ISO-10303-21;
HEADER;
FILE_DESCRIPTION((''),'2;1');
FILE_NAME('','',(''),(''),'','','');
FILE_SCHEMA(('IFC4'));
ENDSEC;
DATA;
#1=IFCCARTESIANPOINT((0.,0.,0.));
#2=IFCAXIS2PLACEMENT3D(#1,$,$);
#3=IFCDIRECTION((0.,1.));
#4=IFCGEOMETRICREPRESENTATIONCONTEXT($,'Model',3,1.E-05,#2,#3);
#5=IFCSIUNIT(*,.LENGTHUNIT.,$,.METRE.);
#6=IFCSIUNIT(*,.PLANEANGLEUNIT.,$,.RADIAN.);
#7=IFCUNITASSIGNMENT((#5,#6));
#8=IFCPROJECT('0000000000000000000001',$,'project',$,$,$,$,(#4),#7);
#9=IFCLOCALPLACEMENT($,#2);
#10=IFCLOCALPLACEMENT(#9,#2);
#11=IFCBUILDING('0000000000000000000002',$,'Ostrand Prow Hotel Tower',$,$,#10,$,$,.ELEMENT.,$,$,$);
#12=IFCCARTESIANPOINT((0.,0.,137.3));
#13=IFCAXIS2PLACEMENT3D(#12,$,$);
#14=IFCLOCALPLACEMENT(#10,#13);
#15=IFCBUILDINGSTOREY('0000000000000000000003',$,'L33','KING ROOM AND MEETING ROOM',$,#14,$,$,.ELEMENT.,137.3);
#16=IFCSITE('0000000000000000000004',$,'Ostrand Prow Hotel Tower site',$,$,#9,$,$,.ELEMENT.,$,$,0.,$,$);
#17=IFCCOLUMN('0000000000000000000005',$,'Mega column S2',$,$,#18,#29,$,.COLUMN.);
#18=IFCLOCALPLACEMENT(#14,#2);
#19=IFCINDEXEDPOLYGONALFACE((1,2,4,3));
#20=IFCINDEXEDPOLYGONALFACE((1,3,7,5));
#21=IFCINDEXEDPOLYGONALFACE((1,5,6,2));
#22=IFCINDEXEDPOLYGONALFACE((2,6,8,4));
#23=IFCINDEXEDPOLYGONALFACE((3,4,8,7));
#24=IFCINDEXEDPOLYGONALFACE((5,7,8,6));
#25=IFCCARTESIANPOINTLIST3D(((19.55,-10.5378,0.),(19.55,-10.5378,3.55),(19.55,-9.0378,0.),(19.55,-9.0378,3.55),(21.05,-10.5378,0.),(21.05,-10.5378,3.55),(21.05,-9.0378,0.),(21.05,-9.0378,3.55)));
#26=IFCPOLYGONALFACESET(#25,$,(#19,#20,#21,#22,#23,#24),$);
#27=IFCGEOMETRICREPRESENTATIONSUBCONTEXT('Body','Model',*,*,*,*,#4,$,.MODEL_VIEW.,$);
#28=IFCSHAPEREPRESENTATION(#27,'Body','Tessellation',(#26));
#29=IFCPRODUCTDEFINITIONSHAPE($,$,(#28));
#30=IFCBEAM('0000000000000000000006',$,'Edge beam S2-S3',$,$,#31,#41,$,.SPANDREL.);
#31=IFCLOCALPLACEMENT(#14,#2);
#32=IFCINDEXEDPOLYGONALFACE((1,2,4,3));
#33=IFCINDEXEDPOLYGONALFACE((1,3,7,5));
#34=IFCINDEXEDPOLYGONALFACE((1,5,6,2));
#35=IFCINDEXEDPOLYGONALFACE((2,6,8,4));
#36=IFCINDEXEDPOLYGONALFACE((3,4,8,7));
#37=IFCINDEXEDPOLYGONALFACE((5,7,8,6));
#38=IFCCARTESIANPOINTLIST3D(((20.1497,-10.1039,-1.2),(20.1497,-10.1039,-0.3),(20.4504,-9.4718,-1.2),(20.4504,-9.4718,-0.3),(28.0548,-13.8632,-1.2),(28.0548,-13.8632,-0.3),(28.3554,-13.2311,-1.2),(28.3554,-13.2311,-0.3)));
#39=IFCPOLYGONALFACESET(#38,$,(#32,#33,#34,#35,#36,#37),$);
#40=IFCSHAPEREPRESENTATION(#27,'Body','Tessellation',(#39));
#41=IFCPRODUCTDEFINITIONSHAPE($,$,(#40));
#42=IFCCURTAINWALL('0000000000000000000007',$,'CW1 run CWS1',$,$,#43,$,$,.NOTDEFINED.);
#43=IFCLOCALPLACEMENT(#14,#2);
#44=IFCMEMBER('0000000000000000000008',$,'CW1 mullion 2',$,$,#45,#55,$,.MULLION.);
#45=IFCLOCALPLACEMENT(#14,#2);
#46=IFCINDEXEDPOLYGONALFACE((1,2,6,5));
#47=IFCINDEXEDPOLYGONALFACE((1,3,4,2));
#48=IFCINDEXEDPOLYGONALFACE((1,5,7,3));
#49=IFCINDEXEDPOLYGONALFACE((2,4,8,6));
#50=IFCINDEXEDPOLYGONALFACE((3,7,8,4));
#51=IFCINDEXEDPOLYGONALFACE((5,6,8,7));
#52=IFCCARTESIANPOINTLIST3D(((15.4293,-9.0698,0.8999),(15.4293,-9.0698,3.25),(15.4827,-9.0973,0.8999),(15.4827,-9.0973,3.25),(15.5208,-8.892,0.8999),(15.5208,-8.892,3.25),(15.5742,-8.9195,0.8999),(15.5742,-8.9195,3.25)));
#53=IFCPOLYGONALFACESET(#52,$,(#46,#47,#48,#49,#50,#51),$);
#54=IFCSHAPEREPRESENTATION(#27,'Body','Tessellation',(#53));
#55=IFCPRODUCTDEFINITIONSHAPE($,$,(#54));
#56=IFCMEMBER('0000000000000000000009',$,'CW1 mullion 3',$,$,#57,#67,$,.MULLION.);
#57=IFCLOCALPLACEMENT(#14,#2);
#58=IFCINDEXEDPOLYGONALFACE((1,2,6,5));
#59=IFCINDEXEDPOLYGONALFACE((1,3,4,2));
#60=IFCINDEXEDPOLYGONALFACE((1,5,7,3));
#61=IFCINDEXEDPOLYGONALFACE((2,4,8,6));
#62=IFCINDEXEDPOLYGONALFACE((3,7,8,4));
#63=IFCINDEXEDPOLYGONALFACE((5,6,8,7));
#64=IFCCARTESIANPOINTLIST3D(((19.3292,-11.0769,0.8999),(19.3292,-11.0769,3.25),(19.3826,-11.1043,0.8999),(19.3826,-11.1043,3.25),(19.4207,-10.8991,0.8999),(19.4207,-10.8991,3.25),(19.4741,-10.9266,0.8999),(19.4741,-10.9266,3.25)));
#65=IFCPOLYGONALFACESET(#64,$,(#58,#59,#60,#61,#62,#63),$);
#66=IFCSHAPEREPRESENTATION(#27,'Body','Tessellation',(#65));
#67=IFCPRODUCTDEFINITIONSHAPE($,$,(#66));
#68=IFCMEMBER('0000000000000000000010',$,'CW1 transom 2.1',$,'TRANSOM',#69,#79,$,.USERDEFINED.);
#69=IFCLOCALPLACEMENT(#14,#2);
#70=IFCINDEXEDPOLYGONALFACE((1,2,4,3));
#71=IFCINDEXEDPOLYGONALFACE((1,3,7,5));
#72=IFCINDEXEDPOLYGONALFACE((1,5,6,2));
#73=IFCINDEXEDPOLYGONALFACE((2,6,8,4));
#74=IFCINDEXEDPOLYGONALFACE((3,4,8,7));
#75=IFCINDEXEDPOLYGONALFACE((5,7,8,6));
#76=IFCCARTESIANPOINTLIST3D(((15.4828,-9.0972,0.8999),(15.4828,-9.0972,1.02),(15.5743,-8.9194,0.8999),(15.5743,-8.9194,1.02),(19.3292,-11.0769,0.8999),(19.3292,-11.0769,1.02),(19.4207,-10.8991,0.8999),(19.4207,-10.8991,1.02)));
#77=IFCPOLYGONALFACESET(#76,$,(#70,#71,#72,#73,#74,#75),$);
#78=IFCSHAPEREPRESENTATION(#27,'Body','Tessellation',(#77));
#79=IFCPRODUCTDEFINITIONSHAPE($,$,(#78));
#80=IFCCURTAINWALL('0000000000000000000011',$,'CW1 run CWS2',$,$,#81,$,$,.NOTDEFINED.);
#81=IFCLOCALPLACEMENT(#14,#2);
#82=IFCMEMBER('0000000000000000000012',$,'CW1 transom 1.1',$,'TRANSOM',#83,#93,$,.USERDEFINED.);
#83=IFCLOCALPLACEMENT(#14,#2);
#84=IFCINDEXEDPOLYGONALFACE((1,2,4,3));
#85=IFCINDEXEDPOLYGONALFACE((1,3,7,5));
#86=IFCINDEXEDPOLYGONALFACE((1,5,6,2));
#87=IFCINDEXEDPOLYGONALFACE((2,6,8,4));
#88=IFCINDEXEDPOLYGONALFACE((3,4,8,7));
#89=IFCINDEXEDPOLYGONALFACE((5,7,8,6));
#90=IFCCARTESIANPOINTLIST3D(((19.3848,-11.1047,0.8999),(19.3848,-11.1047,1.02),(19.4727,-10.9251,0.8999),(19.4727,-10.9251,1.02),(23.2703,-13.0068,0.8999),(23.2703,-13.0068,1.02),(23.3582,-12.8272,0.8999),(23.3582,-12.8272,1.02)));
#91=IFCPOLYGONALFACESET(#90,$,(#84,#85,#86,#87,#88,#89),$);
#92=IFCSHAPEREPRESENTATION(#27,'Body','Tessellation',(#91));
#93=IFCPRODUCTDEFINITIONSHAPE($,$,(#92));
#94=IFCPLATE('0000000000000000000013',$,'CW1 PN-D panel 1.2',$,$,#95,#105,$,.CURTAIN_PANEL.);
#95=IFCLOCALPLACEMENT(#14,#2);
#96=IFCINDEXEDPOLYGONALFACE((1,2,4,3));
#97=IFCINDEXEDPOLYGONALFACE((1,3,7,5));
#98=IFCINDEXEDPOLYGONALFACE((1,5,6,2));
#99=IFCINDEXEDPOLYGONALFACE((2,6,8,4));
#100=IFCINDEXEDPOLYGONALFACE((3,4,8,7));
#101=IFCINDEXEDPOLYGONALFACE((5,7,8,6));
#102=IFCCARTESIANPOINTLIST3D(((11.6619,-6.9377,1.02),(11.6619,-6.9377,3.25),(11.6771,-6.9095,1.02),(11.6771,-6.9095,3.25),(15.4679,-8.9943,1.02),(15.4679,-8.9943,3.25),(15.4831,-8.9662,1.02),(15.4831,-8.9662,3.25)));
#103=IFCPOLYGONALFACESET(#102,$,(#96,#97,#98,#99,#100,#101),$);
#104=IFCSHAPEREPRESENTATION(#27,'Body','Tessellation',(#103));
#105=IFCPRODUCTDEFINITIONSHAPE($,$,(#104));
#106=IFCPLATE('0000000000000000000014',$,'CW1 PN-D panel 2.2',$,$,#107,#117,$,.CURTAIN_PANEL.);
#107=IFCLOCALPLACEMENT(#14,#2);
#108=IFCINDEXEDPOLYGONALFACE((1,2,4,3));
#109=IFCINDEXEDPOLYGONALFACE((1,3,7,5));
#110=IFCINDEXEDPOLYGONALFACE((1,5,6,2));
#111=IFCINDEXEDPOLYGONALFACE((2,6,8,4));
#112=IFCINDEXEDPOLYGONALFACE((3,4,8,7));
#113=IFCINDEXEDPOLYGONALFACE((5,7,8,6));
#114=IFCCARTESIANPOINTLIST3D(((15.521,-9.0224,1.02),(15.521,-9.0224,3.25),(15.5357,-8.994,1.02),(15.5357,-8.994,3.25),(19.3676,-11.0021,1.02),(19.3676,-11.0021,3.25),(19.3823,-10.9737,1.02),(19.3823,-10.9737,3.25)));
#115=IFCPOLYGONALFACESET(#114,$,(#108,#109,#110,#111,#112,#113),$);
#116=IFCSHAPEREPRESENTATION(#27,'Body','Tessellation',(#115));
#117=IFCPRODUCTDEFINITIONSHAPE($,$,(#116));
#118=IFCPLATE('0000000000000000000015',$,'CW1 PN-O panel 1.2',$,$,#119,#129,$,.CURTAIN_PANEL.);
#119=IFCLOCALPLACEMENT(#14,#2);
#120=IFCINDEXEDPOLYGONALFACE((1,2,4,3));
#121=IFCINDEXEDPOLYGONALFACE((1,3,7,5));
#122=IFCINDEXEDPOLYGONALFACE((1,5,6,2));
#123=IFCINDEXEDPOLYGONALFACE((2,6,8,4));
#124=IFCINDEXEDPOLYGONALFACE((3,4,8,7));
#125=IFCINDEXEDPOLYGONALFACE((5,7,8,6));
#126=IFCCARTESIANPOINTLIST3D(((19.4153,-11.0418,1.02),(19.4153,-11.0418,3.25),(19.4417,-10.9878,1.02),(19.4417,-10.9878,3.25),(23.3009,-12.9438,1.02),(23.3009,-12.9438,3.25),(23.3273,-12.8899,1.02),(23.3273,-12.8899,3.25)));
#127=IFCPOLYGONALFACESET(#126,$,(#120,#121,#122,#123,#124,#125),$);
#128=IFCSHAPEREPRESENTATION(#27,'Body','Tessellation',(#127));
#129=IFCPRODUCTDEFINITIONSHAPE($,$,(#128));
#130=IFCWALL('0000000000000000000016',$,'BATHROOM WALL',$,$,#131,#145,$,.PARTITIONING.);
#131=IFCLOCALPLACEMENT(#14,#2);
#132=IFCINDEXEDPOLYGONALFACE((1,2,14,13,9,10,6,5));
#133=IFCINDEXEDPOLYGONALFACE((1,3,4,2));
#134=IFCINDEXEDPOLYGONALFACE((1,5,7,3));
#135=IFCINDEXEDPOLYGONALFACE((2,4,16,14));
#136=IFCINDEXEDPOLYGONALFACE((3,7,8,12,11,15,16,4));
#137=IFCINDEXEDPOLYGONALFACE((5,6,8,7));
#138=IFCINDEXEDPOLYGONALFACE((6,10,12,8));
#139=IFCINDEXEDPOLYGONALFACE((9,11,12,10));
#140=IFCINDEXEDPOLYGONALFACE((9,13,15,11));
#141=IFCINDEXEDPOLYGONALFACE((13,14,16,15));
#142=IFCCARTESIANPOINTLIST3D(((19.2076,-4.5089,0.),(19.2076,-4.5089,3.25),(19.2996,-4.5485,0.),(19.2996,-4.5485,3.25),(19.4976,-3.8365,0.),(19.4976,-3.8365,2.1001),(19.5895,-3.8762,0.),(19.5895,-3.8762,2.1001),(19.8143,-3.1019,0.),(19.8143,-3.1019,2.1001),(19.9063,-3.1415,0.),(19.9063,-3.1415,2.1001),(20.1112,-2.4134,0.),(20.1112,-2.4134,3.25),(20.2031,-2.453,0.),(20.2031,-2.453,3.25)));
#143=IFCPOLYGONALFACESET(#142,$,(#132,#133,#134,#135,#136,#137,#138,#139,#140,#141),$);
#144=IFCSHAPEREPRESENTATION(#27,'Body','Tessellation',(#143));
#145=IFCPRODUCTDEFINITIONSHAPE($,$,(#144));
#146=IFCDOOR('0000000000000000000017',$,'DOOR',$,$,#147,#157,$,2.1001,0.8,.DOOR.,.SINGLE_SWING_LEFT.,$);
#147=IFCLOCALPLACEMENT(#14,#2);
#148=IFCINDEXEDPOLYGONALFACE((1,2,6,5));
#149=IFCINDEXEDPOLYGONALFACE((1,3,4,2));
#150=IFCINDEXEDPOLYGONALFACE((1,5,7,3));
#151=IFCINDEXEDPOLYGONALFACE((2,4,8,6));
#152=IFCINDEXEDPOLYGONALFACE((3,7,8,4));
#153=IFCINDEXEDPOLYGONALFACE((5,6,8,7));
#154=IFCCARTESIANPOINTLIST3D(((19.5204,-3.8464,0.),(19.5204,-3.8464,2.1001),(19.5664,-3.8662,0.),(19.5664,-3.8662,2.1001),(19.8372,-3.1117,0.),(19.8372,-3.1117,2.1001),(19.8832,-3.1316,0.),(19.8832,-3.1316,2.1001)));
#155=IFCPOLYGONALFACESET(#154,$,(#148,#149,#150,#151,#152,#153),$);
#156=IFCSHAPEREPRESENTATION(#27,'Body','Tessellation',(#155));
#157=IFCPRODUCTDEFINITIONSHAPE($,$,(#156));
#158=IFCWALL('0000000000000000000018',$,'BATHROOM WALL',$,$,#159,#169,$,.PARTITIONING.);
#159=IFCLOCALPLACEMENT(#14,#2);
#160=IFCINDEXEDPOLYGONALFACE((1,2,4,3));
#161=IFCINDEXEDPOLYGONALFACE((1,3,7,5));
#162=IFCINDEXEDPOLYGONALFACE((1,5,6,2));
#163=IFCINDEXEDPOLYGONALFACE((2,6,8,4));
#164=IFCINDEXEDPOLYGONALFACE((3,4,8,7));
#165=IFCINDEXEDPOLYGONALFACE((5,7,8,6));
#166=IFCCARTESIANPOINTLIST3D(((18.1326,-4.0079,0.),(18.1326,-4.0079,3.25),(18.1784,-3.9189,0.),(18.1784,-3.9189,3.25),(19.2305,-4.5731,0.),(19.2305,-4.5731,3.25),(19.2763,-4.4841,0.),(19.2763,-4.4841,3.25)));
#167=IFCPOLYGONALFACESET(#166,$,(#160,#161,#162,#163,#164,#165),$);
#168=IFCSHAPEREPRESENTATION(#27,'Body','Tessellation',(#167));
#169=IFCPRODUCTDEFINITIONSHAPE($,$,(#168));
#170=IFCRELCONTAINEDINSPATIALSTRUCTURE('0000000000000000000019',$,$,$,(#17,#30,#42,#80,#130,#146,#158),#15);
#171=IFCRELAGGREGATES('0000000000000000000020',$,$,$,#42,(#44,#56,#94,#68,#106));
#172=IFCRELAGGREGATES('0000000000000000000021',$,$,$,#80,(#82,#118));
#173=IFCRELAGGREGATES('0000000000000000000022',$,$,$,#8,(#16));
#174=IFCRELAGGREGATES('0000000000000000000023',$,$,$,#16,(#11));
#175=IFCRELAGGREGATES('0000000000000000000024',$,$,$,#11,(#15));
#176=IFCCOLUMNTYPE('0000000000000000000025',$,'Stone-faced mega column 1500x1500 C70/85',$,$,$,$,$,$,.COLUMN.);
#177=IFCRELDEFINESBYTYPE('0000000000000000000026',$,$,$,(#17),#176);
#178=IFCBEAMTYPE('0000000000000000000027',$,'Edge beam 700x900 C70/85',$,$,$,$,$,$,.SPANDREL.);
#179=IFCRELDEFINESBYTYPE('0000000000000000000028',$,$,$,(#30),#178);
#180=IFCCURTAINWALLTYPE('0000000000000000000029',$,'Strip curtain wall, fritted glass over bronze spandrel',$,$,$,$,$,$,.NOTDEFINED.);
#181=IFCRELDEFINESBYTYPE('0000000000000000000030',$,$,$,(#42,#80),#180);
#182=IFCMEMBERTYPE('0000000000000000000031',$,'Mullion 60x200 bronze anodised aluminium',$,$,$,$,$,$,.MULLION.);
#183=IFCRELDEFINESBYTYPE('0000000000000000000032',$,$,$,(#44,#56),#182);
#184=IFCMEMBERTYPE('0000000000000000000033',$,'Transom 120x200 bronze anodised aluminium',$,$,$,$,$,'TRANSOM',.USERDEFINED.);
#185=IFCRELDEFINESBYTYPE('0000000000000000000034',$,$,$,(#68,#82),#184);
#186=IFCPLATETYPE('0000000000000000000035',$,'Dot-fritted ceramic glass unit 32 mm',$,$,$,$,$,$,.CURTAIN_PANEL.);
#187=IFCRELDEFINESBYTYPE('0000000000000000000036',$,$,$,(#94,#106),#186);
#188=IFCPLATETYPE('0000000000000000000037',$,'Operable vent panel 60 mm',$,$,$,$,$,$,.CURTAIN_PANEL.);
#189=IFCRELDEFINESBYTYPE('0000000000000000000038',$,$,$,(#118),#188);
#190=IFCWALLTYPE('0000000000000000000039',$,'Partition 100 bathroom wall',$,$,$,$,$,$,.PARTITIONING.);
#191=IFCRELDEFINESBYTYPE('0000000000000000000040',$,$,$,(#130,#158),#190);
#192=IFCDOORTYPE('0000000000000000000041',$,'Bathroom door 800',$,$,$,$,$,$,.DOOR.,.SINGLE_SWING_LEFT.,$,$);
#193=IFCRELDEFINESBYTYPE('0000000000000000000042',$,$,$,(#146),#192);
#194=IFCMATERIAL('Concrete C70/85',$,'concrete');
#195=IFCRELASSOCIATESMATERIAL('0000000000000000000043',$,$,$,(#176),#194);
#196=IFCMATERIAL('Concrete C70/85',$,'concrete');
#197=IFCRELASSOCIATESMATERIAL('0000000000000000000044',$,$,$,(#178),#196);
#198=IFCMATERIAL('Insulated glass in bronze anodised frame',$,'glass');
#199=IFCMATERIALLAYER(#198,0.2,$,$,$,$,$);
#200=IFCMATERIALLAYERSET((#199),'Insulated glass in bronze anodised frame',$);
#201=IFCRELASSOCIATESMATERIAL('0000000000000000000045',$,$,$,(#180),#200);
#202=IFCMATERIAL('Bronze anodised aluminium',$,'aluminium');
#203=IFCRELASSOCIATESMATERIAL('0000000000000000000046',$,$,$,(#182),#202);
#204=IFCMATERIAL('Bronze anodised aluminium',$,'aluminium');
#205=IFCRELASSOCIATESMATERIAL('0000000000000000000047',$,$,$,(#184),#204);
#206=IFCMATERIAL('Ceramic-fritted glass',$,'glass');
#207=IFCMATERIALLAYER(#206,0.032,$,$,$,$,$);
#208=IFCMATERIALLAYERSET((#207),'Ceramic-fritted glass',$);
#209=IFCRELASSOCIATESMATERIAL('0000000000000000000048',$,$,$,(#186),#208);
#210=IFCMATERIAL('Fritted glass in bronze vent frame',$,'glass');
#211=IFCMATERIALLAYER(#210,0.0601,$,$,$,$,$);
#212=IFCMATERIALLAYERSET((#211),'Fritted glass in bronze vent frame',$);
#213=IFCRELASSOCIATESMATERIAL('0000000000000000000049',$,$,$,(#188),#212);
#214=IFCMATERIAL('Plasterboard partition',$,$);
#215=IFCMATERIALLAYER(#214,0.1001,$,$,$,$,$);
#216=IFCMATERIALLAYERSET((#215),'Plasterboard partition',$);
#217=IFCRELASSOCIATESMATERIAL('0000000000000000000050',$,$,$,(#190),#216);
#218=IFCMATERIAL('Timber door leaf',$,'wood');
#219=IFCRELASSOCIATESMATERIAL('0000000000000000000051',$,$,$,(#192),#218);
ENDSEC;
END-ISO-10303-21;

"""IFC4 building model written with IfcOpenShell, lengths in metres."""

from ifc_helpers import new_model, si_unit, direction, frame, frame_2d, origin, origin_2d, place, context, subcontext, project, spatial, rectangle, extrude, material, layer, layer_set, material_profile, profile_set, type_object, element, fill, aggregate, save


model = new_model("IFC4")

# Units and contexts
model_context = context("Model", 3, precision=1e-05, world=origin(), true_north=direction((0.0, 1.0)))
body_context = subcontext(model_context, "Body", "Model", "MODEL_VIEW")
ifc_project = project(units=[si_unit("LENGTHUNIT", "METRE"), si_unit("PLANEANGLEUNIT", "RADIAN")], contexts=[model_context])

# Site, building, storey
site_placement = place(None, origin())
site = spatial("IfcSite", under=ifc_project, at=site_placement, Name="Ostrand Prow Hotel Tower site", CompositionType="ELEMENT", RefElevation=0.0)
building_placement = place(site_placement, origin())
building = spatial("IfcBuilding", under=site, at=building_placement, Name="Ostrand Prow Hotel Tower", CompositionType="ELEMENT")
storey_placement = place(building_placement, frame((0.0, 0.0, 137.3)))
storey = spatial("IfcBuildingStorey", under=building, at=storey_placement, Name="L33", Description="KING ROOM AND MEETING ROOM", CompositionType="ELEMENT", Elevation=137.3)

# Column
ifc_material_1 = material(Name="Concrete C70/85", Category="concrete")
ifc_material_profile_1 = material_profile(ifc_material_1, rectangle(XDim=1.5, YDim=1.5, at=origin_2d()), Name="RC 1500x1500")
ifc_profile_set_1 = profile_set([ifc_material_profile_1], Name="Concrete C70/85")
column_type = type_object("IfcColumnType", Name="Stone-faced mega column 1500x1500 C70/85", PredefinedType="COLUMN", material=ifc_profile_set_1)
column_placement = place(storey_placement, frame((20.3, -9.7878, 0.0), z_axis=(0.0, 0.0, 1.0), x_axis=(1.0, 0.0, 0.0)))
element("IfcColumn", 1, at=column_placement, inside=storey, type_object=column_type, Name="Mega column S2", PredefinedType="COLUMN", context=body_context, shape_type="SweptSolid", body=[
    extrude(rectangle(XDim=1.5, YDim=1.5, at=origin_2d()), origin(), (0.0, 0.0, 1.0), 3.55),
])

# Beam
ifc_material_2 = material(Name="Concrete C70/85", Category="concrete")
ifc_material_profile_2 = material_profile(ifc_material_2, rectangle(XDim=0.7, YDim=0.8999, at=origin_2d()), Name="RC 700x900")
ifc_profile_set_2 = profile_set([ifc_material_profile_2], Name="Concrete C70/85")
beam_type = type_object("IfcBeamType", Name="Edge beam 700x900 C70/85", PredefinedType="SPANDREL", material=ifc_profile_set_2)
beam_placement = place(storey_placement, frame((20.3, -9.7878, -0.75), z_axis=(0.903083, -0.429466, 0.0), x_axis=(0.429466, 0.903083, 0.0)))
element("IfcBeam", 2, at=beam_placement, inside=storey, type_object=beam_type, Name="Edge beam S2-S3", PredefinedType="SPANDREL", context=body_context, shape_type="SweptSolid", body=[
    extrude(rectangle(XDim=0.7, YDim=0.8999, at=origin_2d()), origin(), (0.0, 0.0, 1.0), 8.7534),
])

# Curtain wall, members
ifc_material_3 = material(Name="Insulated glass in bronze anodised frame", Category="glass")
ifc_layer_1 = layer(ifc_material_3, 0.2)
ifc_layer_set_1 = layer_set([ifc_layer_1], Name="Insulated glass in bronze anodised frame")
curtain_wall_type = type_object("IfcCurtainWallType", Name="Strip curtain wall, fritted glass over bronze spandrel", PredefinedType="NOTDEFINED", material=ifc_layer_set_1)
curtain_wall_1_placement = place(storey_placement, origin())
curtain_wall_1 = element("IfcCurtainWall", 3, at=curtain_wall_1_placement, inside=storey, type_object=curtain_wall_type, Name="CW1 run CWS1", PredefinedType="NOTDEFINED")
ifc_material_4 = material(Name="Bronze anodised aluminium", Category="aluminium")
ifc_material_profile_3 = material_profile(ifc_material_4, rectangle(XDim=0.2, YDim=0.0601, at=origin_2d()), Name="Mullion 60x200 bronze anodised aluminium")
ifc_profile_set_3 = profile_set([ifc_material_profile_3], Name="Bronze anodised aluminium")
member_type_1 = type_object("IfcMemberType", Name="Mullion 60x200 bronze anodised aluminium", PredefinedType="MULLION", material=ifc_profile_set_3)
member_1_placement = place(storey_placement, frame((15.5017, -8.9946, 0.8999), z_axis=(0.0, 0.0, 1.0), x_axis=(0.457619, 0.889148, 0.0)))
member_1 = element("IfcMember", 4, at=member_1_placement, type_object=member_type_1, Name="CW1 mullion 2", PredefinedType="MULLION", context=body_context, shape_type="SweptSolid", body=[
    extrude(rectangle(XDim=0.2, YDim=0.0601, at=origin_2d()), origin(), (0.0, 0.0, 1.0), 2.3501),
])
member_2_placement = place(storey_placement, frame((19.4016, -11.0017, 0.8999), z_axis=(0.0, 0.0, 1.0), x_axis=(0.457619, 0.889148, 0.0)))
member_2 = element("IfcMember", 5, at=member_2_placement, type_object=member_type_1, Name="CW1 mullion 3", PredefinedType="MULLION", context=body_context, shape_type="SweptSolid", body=[
    extrude(rectangle(XDim=0.2, YDim=0.0601, at=origin_2d()), origin(), (0.0, 0.0, 1.0), 2.3501),
])
ifc_material_5 = material(Name="Bronze anodised aluminium", Category="aluminium")
ifc_material_profile_4 = material_profile(ifc_material_5, rectangle(XDim=0.2, YDim=0.1201, at=origin_2d()), Name="Transom 120x200 bronze anodised aluminium")
ifc_profile_set_4 = profile_set([ifc_material_profile_4], Name="Bronze anodised aluminium")
member_type_2 = type_object("IfcMemberType", Name="Transom 120x200 bronze anodised aluminium", ElementType="TRANSOM", PredefinedType="USERDEFINED", material=ifc_profile_set_4)
member_3_placement = place(storey_placement, frame((15.5286, -9.0083, 0.96), z_axis=(0.88914, -0.457635, 0.0), x_axis=(0.457635, 0.88914, 0.0)))
member_3 = element("IfcMember", 6, at=member_3_placement, type_object=member_type_2, Name="CW1 transom 2.1", ObjectType="TRANSOM", PredefinedType="USERDEFINED", context=body_context, shape_type="SweptSolid", body=[
    extrude(rectangle(XDim=0.2, YDim=0.1201, at=origin_2d()), origin(), (0.0, 0.0, 1.0), 4.3259),
])

# Curtain wall, member
curtain_wall_2_placement = place(storey_placement, origin())
curtain_wall_2 = element("IfcCurtainWall", 7, at=curtain_wall_2_placement, inside=storey, type_object=curtain_wall_type, Name="CW1 run CWS2", PredefinedType="NOTDEFINED")
member_4_placement = place(storey_placement, frame((19.4287, -11.0149, 0.96), z_axis=(0.898154, -0.439681, 0.0), x_axis=(0.439681, 0.898154, 0.0)))
member_4 = element("IfcMember", 8, at=member_4_placement, type_object=member_type_2, Name="CW1 transom 1.1", ObjectType="TRANSOM", PredefinedType="USERDEFINED", context=body_context, shape_type="SweptSolid", body=[
    extrude(rectangle(XDim=0.2, YDim=0.1201, at=origin_2d()), origin(), (0.0, 0.0, 1.0), 4.3262),
])

# Plates
ifc_material_6 = material(Name="Ceramic-fritted glass", Category="glass")
ifc_layer_2 = layer(ifc_material_6, 0.032)
ifc_layer_set_2 = layer_set([ifc_layer_2], Name="Ceramic-fritted glass")
plate_type_1 = type_object("IfcPlateType", Name="Dot-fritted ceramic glass unit 32 mm", PredefinedType="CURTAIN_PANEL", material=ifc_layer_set_2)
plate_1_placement = place(storey_placement, frame((13.5725, -7.9519, 1.02), z_axis=(0.0, 0.0, 1.0), x_axis=(0.879773, -0.475394, 0.0)))
plate_1 = element("IfcPlate", 9, at=plate_1_placement, type_object=plate_type_1, Name="CW1 PN-D panel 1.2", PredefinedType="CURTAIN_PANEL", context=body_context, shape_type="SweptSolid", body=[
    extrude(rectangle(XDim=4.3262, YDim=0.032, at=origin_2d()), origin(), (0.0, 0.0, 1.0), 2.23),
])
plate_2_placement = place(storey_placement, frame((17.4517, -9.998, 1.02), z_axis=(0.0, 0.0, 1.0), x_axis=(0.889148, -0.457619, 0.0)))
plate_2 = element("IfcPlate", 10, at=plate_2_placement, type_object=plate_type_1, Name="CW1 PN-D panel 2.2", PredefinedType="CURTAIN_PANEL", context=body_context, shape_type="SweptSolid", body=[
    extrude(rectangle(XDim=4.3262, YDim=0.032, at=origin_2d()), origin(), (0.0, 0.0, 1.0), 2.23),
])
aggregate(curtain_wall_1, [member_1, member_2, plate_1, member_3, plate_2])
ifc_material_7 = material(Name="Fritted glass in bronze vent frame", Category="glass")
ifc_layer_3 = layer(ifc_material_7, 0.0601)
ifc_layer_set_3 = layer_set([ifc_layer_3], Name="Fritted glass in bronze vent frame")
plate_type_2 = type_object("IfcPlateType", Name="Operable vent panel 60 mm", PredefinedType="CURTAIN_PANEL", material=ifc_layer_set_3)
plate_3_placement = place(storey_placement, frame((21.3713, -11.9658, 1.02), z_axis=(0.0, 0.0, 1.0), x_axis=(0.898165, -0.439659, 0.0)))
plate_3 = element("IfcPlate", 11, at=plate_3_placement, type_object=plate_type_2, Name="CW1 PN-O panel 1.2", PredefinedType="CURTAIN_PANEL", context=body_context, shape_type="SweptSolid", body=[
    extrude(rectangle(XDim=4.3262, YDim=0.0601, at=origin_2d()), origin(), (0.0, 0.0, 1.0), 2.23),
])
aggregate(curtain_wall_2, [member_4, plate_3])

# Wall, opening, door
ifc_material_8 = material(Name="Plasterboard partition")
ifc_layer_4 = layer(ifc_material_8, 0.1001)
ifc_layer_set_4 = layer_set([ifc_layer_4], Name="Plasterboard partition")
wall_type_1 = type_object("IfcWallType", Name="Partition 100 bathroom wall", PredefinedType="PARTITIONING", material=ifc_layer_set_4)
wall_1_placement = place(storey_placement, frame((20.1572, -2.4331, 0.0), z_axis=(0.0, 0.0, 1.0), x_axis=(-0.395958, -0.918268, 0.0)))
wall_1 = element("IfcWall", 12, at=wall_1_placement, inside=storey, type_object=wall_type_1, Name="BATHROOM WALL", PredefinedType="PARTITIONING", context=body_context, shape_type="SweptSolid", body=[
    extrude(rectangle(XDim=2.282, YDim=0.1001, at=frame_2d((1.1411, 0.0))), origin(), (0.0, 0.0, 1.0), 3.25),
])
opening_1_placement = place(wall_1_placement, frame((0.75, 0.0, 0.0)))
opening_1 = element("IfcOpeningElement", 13, at=opening_1_placement, cuts=wall_1, PredefinedType="OPENING", context=body_context, shape_type="SweptSolid", body=[
    extrude(rectangle(XDim=0.8, YDim=2.1001, at=frame_2d((0.3999, 1.05))), frame((0.0, 0.0601, 0.0), z_axis=(0.0, -1.0, 0.0), x_axis=(1.0, 0.0, 0.0)), (0.0, 0.0, 1.0), 0.1201),
])
ifc_material_9 = material(Name="Timber door leaf", Category="wood")
door_type_1 = type_object("IfcDoorType", Name="Bathroom door 800", OperationType="SINGLE_SWING_LEFT", PredefinedType="DOOR", material=ifc_material_9)
door_1_placement = place(opening_1_placement, origin())
door_1 = element("IfcDoor", 14, at=door_1_placement, inside=storey, type_object=door_type_1, Name="DOOR", OperationType="SINGLE_SWING_LEFT", OverallHeight=2.1001, OverallWidth=0.8, PredefinedType="DOOR", context=body_context, shape_type="SweptSolid", body=[
    extrude(rectangle(XDim=0.8, YDim=2.1001, at=frame_2d((0.3999, 1.05))), frame((0.0, 0.0249, 0.0), z_axis=(0.0, -1.0, 0.0), x_axis=(1.0, 0.0, 0.0)), (0.0, 0.0, 1.0), 0.05),
])
fill(opening_1, door_1)

# Wall
wall_2_placement = place(storey_placement, frame((19.2534, -4.5286, 0.0), z_axis=(0.0, 0.0, 1.0), x_axis=(-0.889106, 0.457701, 0.0)))
element("IfcWall", 15, at=wall_2_placement, inside=storey, type_object=wall_type_1, Name="BATHROOM WALL", PredefinedType="PARTITIONING", context=body_context, shape_type="SweptSolid", body=[
    extrude(rectangle(XDim=1.2349, YDim=0.1001, at=frame_2d((0.6174, 0.0))), origin(), (0.0, 0.0, 1.0), 3.25),
])

save(model, "model.ifc")
